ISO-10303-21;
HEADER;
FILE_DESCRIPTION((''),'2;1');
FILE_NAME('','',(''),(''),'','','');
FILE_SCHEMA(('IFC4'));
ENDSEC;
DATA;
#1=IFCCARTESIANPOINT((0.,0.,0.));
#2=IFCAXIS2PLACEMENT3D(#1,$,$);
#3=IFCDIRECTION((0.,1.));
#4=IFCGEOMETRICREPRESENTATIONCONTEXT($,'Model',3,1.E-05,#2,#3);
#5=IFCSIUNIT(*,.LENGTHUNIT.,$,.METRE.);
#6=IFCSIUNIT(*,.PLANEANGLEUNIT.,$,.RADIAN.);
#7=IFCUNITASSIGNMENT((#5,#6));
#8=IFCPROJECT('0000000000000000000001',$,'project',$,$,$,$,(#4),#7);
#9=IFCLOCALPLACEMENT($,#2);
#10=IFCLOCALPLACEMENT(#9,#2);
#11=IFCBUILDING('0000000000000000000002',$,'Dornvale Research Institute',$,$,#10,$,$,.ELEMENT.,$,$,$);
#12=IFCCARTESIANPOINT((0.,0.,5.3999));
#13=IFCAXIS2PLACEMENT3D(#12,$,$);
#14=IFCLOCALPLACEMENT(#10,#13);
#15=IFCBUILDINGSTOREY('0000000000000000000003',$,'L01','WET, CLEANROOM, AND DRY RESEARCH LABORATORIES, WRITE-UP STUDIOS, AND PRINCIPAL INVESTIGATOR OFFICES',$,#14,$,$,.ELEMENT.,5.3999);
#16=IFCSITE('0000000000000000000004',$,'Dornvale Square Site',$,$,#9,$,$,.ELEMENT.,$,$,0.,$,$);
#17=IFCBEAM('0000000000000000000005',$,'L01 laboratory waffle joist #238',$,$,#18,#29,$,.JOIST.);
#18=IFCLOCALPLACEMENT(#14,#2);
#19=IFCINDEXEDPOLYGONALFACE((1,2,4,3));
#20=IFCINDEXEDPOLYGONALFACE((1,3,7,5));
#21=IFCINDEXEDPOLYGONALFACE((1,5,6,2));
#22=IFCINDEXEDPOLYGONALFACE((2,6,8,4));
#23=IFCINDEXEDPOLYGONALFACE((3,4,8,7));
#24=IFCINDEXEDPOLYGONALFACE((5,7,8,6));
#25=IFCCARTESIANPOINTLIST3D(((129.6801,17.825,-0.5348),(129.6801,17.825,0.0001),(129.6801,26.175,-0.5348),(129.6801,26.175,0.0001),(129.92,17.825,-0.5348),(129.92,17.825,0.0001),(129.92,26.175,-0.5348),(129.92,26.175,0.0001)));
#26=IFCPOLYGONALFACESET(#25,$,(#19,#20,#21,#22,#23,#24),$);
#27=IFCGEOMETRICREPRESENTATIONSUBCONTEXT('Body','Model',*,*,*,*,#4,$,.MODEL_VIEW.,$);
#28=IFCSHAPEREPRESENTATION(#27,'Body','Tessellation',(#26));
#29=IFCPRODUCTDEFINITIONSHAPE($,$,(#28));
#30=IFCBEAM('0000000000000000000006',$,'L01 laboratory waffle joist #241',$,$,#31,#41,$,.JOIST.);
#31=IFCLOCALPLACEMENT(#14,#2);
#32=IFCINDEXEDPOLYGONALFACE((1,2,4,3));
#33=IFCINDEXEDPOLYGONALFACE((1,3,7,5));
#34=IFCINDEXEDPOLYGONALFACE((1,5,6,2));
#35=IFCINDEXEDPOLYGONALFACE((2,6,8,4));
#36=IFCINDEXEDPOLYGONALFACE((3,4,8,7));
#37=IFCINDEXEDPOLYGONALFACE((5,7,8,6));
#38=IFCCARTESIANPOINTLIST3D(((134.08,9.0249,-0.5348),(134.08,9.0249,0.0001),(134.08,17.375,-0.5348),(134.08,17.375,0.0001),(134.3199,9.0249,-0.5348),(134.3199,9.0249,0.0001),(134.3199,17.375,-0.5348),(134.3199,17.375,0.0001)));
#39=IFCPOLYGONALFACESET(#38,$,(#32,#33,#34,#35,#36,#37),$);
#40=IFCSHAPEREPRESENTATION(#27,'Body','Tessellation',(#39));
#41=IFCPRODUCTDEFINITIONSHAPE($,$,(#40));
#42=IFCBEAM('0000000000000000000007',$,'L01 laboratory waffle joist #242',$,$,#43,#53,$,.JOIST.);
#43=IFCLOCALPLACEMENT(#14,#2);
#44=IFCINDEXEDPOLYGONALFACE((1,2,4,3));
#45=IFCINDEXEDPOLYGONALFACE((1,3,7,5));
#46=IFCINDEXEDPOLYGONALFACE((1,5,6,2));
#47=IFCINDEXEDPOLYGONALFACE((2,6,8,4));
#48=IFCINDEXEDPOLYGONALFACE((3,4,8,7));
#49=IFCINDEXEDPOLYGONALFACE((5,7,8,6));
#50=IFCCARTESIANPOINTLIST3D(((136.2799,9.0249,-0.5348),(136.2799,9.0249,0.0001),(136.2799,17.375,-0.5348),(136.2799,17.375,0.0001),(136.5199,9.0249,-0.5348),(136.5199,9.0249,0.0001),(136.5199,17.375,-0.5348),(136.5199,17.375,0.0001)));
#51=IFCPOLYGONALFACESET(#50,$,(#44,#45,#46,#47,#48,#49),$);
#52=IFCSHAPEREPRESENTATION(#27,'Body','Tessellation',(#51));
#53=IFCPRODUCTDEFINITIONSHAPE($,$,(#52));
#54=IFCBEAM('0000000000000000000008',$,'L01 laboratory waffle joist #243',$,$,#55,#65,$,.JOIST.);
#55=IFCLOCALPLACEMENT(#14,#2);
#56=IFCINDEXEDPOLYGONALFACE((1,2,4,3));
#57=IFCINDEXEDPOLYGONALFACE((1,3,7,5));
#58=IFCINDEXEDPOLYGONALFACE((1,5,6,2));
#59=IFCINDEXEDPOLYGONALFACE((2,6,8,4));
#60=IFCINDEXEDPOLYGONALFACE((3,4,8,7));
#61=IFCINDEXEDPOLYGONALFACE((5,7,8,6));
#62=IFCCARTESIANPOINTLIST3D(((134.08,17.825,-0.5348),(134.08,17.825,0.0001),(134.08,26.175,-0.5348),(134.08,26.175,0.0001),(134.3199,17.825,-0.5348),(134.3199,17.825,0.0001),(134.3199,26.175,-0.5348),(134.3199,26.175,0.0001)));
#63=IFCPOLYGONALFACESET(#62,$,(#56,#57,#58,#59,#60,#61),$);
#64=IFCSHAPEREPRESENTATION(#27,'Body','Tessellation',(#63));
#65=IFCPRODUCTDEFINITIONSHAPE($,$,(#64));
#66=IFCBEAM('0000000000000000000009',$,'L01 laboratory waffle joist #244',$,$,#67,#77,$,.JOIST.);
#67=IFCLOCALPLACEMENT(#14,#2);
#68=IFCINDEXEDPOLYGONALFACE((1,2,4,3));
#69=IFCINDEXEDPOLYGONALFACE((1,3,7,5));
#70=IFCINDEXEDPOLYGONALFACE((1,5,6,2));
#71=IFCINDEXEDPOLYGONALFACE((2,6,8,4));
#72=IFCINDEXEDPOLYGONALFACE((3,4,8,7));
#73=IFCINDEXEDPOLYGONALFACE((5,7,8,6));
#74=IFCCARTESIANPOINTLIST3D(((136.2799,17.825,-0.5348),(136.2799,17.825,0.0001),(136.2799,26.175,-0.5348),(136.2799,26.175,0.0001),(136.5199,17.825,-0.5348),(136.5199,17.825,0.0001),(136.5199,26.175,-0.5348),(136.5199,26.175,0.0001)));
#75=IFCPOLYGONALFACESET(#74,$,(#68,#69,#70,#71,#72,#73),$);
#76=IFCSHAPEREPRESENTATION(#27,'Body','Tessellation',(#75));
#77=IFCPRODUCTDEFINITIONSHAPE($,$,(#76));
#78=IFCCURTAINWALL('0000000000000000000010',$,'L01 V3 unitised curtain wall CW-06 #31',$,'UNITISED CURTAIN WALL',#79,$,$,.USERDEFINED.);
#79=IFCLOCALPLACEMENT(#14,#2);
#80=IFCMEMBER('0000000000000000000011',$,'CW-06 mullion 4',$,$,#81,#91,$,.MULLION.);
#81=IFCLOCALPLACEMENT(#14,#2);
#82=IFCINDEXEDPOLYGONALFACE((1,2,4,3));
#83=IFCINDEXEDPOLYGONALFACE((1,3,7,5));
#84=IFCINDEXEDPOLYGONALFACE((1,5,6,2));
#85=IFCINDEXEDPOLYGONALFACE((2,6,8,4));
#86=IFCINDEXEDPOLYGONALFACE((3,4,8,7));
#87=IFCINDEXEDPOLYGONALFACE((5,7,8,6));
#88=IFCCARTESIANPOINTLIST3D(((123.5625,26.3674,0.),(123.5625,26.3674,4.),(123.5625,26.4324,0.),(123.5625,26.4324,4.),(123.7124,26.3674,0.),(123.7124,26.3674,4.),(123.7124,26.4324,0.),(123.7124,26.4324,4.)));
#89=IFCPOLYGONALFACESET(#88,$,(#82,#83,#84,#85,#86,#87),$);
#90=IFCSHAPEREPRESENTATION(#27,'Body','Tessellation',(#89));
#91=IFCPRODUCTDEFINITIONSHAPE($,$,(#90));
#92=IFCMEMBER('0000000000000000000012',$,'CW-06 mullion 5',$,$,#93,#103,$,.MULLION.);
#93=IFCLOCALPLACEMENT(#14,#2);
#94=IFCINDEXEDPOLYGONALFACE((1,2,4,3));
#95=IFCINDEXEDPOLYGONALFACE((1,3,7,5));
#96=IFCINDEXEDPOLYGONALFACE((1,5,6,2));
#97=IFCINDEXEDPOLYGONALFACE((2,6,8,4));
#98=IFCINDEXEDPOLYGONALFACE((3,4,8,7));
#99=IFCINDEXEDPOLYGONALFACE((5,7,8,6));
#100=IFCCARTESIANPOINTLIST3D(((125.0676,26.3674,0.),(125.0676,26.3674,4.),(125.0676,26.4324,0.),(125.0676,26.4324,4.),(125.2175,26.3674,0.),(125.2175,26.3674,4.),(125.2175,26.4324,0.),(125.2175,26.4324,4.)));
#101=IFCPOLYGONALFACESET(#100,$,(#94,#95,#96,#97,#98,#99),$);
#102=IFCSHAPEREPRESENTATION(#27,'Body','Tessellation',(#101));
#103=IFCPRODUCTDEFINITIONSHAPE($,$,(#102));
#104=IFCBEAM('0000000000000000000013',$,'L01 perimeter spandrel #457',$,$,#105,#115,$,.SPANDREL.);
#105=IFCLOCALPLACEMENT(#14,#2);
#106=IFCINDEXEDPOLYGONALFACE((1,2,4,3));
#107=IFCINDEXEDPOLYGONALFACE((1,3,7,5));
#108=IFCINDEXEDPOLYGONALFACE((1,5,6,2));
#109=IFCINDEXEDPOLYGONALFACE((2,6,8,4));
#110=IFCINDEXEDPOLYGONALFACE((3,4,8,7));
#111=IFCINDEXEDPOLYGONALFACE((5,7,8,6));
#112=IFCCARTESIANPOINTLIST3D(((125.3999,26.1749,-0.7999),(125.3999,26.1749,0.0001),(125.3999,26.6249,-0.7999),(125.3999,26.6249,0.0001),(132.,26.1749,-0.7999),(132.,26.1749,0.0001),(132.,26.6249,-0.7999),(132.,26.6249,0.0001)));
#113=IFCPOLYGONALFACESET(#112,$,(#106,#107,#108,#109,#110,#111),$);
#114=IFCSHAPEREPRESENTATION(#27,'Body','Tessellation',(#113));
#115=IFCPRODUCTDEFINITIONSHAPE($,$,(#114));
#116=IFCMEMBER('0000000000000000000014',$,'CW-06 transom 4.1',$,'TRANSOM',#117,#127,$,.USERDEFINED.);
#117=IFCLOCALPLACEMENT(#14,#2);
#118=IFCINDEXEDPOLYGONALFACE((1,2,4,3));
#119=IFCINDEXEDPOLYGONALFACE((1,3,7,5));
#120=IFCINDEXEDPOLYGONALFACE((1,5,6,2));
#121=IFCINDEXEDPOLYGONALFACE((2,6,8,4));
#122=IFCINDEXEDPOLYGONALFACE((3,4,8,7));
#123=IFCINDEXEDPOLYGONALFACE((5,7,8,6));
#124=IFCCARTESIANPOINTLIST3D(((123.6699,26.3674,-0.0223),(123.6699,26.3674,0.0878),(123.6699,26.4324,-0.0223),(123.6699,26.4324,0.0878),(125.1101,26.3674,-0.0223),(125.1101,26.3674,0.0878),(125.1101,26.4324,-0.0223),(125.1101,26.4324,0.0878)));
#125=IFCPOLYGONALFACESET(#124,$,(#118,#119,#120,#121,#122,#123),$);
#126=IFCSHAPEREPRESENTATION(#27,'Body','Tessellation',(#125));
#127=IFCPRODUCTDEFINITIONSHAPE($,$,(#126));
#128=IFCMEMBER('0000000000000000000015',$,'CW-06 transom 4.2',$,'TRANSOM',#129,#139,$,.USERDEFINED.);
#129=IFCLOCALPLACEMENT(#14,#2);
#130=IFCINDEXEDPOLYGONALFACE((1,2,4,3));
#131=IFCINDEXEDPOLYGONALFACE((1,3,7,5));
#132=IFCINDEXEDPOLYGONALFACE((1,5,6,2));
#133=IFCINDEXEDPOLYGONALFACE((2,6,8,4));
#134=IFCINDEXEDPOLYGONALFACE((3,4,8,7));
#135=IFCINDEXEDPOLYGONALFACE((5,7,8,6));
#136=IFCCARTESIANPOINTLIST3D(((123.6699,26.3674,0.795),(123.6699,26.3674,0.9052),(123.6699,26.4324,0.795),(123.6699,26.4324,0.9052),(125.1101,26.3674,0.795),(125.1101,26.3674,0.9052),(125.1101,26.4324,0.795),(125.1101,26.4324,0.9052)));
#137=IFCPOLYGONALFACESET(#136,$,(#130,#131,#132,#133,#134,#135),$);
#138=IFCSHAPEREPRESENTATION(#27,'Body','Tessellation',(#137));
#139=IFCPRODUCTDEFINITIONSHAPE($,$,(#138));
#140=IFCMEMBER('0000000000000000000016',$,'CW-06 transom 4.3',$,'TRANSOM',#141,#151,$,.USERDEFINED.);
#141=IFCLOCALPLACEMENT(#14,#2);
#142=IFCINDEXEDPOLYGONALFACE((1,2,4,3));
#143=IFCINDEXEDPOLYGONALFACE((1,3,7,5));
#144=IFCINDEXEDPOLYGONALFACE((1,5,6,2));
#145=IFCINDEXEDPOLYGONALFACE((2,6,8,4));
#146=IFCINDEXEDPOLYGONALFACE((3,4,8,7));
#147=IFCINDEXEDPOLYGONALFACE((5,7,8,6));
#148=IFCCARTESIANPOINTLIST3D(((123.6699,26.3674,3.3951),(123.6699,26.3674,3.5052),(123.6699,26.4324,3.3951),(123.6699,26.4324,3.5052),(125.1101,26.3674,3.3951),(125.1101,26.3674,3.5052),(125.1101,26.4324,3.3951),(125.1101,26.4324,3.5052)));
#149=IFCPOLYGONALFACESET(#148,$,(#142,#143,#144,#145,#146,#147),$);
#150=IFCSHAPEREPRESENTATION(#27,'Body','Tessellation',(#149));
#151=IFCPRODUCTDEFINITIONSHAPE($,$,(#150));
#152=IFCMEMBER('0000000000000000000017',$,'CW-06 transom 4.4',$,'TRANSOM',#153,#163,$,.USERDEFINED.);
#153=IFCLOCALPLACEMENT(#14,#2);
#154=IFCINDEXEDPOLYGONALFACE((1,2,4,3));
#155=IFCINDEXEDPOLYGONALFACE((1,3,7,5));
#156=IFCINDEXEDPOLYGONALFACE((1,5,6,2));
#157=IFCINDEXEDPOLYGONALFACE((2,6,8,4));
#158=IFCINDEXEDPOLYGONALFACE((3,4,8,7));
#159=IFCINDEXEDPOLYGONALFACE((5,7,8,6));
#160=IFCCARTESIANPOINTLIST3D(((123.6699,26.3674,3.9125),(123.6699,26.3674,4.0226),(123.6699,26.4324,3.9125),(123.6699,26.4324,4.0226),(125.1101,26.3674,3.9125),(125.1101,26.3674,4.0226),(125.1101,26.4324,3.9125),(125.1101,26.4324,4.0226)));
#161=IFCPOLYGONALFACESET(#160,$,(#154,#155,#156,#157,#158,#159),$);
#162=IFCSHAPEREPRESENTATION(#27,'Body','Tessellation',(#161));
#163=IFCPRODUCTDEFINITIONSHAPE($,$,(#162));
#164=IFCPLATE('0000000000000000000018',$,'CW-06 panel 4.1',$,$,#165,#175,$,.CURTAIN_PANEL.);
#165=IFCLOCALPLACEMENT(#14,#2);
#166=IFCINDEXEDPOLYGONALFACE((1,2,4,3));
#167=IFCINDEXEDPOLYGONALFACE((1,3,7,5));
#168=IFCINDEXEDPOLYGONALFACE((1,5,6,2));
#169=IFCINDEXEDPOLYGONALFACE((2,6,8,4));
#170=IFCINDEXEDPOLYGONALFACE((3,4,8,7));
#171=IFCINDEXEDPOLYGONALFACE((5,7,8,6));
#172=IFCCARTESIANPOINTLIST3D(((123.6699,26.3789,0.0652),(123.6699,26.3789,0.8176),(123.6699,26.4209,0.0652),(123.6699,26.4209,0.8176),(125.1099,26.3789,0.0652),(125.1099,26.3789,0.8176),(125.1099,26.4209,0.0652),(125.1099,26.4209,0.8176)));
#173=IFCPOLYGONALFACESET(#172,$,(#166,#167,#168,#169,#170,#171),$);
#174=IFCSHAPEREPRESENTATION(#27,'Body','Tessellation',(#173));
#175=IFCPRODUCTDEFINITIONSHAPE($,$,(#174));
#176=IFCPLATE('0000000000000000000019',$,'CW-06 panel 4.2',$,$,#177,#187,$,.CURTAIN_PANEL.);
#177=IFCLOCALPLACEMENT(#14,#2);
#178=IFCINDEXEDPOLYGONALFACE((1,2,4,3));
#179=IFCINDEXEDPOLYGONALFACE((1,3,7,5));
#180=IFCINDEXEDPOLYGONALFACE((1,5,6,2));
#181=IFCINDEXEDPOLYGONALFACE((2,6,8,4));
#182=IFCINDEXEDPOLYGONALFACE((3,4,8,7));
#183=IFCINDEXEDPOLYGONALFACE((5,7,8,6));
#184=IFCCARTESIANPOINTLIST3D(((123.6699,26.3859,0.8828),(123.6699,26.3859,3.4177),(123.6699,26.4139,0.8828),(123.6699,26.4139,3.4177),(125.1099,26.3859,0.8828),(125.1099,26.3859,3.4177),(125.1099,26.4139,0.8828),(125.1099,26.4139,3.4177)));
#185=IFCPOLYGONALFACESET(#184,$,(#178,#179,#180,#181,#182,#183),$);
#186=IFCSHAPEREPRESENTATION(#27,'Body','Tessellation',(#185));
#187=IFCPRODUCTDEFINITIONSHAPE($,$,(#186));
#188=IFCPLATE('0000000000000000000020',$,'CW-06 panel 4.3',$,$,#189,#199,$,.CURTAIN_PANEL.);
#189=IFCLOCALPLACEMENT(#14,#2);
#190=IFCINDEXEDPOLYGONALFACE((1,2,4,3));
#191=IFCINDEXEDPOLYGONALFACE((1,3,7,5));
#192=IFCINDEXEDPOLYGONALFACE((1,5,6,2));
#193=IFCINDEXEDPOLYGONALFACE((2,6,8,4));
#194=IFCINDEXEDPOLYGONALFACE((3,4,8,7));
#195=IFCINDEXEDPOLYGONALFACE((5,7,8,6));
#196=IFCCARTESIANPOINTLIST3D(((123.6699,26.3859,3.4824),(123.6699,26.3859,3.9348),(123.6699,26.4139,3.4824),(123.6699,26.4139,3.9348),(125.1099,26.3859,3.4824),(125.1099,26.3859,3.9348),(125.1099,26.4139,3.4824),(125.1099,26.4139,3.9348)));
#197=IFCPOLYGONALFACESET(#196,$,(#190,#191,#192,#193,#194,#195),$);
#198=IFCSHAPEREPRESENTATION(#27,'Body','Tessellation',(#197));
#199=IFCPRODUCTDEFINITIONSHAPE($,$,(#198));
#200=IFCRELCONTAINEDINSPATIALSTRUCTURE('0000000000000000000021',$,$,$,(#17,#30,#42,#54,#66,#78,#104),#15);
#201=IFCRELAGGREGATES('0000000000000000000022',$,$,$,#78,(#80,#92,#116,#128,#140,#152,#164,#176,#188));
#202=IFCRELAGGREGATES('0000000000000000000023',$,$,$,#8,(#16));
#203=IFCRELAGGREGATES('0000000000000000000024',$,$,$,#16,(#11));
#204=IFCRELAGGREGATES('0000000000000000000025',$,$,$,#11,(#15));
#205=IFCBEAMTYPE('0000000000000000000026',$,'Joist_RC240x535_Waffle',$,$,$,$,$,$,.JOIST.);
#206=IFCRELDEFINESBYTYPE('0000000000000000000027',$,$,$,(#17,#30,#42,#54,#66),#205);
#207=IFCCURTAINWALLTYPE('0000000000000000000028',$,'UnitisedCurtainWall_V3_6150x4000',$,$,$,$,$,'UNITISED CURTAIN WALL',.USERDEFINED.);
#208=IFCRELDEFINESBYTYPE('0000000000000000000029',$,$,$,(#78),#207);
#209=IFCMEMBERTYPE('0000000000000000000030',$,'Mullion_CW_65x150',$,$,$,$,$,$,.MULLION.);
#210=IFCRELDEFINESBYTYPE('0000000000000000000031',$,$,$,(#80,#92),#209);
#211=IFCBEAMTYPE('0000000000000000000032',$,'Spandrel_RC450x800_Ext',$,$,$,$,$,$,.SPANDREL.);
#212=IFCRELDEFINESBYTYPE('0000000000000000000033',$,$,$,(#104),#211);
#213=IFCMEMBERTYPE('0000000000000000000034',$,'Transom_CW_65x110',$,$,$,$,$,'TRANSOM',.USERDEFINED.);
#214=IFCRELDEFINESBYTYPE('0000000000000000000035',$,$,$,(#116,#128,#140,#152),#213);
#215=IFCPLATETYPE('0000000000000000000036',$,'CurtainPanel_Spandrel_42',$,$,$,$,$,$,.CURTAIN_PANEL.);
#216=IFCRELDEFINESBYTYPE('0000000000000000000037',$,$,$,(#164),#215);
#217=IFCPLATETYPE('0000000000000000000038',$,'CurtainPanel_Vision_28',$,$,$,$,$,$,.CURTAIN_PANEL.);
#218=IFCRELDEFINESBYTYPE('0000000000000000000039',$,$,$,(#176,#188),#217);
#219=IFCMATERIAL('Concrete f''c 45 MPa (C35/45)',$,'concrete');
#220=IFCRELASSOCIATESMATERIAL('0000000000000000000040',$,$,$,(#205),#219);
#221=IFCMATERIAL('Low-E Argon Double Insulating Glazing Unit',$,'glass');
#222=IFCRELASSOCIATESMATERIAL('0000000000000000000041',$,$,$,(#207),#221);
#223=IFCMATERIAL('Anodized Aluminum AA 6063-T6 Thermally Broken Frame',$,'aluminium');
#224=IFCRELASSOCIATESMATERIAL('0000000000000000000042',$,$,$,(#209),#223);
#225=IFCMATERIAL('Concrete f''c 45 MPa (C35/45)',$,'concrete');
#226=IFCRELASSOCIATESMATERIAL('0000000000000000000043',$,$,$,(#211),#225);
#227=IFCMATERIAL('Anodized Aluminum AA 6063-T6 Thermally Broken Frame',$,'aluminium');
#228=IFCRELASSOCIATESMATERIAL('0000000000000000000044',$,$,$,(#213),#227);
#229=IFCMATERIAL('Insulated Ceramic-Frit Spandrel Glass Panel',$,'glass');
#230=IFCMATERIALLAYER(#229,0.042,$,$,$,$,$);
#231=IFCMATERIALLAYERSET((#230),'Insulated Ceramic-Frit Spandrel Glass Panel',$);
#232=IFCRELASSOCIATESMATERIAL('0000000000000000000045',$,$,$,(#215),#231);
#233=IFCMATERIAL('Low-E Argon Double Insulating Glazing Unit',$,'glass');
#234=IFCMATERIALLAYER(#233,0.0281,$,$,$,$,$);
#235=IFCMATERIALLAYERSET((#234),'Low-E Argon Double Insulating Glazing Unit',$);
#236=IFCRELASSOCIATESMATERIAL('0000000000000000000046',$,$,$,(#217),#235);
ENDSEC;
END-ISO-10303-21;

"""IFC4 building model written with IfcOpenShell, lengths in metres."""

from ifc_helpers import new_model, si_unit, direction, frame, origin, origin_2d, place, context, subcontext, project, spatial, rectangle, extrude, material, layer, layer_set, material_profile, profile_set, type_object, element, aggregate, save


model = new_model("IFC4")

# Units and contexts
model_context = context("Model", 3, precision=1e-05, world=origin(), true_north=direction((0.0, 1.0)))
body_context = subcontext(model_context, "Body", "Model", "MODEL_VIEW")
ifc_project = project(units=[si_unit("LENGTHUNIT", "METRE"), si_unit("PLANEANGLEUNIT", "RADIAN")], contexts=[model_context])

# Site, building, storey
site_placement = place(None, origin())
site = spatial("IfcSite", under=ifc_project, at=site_placement, Name="Dornvale Square Site", CompositionType="ELEMENT", RefElevation=0.0)
building_placement = place(site_placement, origin())
building = spatial("IfcBuilding", under=site, at=building_placement, Name="Dornvale Research Institute", CompositionType="ELEMENT")
storey_placement = place(building_placement, frame((0.0, 0.0, 5.3999)))
storey = spatial("IfcBuildingStorey", under=building, at=storey_placement, Name="L01", Description="WET, CLEANROOM, AND DRY RESEARCH LABORATORIES, WRITE-UP STUDIOS, AND PRINCIPAL INVESTIGATOR OFFICES", CompositionType="ELEMENT", Elevation=5.3999)

# Beams
ifc_material_1 = material(Name="Concrete f'c 45 MPa (C35/45)", Category="concrete")
ifc_material_profile_1 = material_profile(ifc_material_1, rectangle(XDim=0.24, YDim=0.5349, at=origin_2d()), Name="RC 240x535")
ifc_profile_set_1 = profile_set([ifc_material_profile_1], Name="Concrete f'c 45 MPa (C35/45)")
beam_type_1 = type_object("IfcBeamType", Name="Joist_RC240x535_Waffle", PredefinedType="JOIST", material=ifc_profile_set_1)
for number, where, z_axis, x_axis, name in (
    (1, (129.8, 17.825, -0.2673), (0.0, 1.0, 0.0), (-1.0, 0.0, 0.0), "L01 laboratory waffle joist #238"),
    (2, (134.2, 9.0249, -0.2673), (0.0, 1.0, 0.0), (-1.0, 0.0, 0.0), "L01 laboratory waffle joist #241"),
    (3, (136.3999, 9.0249, -0.2673), (0.0, 1.0, 0.0), (-1.0, 0.0, 0.0), "L01 laboratory waffle joist #242"),
    (4, (134.2, 17.825, -0.2673), (0.0, 1.0, 0.0), (-1.0, 0.0, 0.0), "L01 laboratory waffle joist #243"),
    (5, (136.3999, 17.825, -0.2673), (0.0, 1.0, 0.0), (-1.0, 0.0, 0.0), "L01 laboratory waffle joist #244"),
):
    element("IfcBeam", number, at=place(storey_placement, frame(where, z_axis=z_axis, x_axis=x_axis)), inside=storey, type_object=beam_type_1, Name=name, PredefinedType="JOIST", context=body_context, shape_type="SweptSolid", body=[
        extrude(rectangle(XDim=0.24, YDim=0.5349, at=origin_2d()), origin(), (0.0, 0.0, 1.0), 8.3501),
    ])

# Curtain wall, members
ifc_material_2 = material(Name="Low-E Argon Double Insulating Glazing Unit", Category="glass")
curtain_wall_type = type_object("IfcCurtainWallType", Name="UnitisedCurtainWall_V3_6150x4000", ElementType="UNITISED CURTAIN WALL", PredefinedType="USERDEFINED", material=ifc_material_2)
curtain_wall_placement = place(storey_placement, origin())
curtain_wall = element("IfcCurtainWall", 6, at=curtain_wall_placement, inside=storey, type_object=curtain_wall_type, Name="L01 V3 unitised curtain wall CW-06 #31", ObjectType="UNITISED CURTAIN WALL", PredefinedType="USERDEFINED")
ifc_material_3 = material(Name="Anodized Aluminum AA 6063-T6 Thermally Broken Frame", Category="aluminium")
ifc_material_profile_2 = material_profile(ifc_material_3, rectangle(XDim=0.0649, YDim=0.1499, at=origin_2d()), Name="ALU MULLION 65x150")
ifc_profile_set_2 = profile_set([ifc_material_profile_2], Name="Anodized Aluminum AA 6063-T6 Thermally Broken Frame")
member_type_1 = type_object("IfcMemberType", Name="Mullion_CW_65x150", PredefinedType="MULLION", material=ifc_profile_set_2)
member_1_placement = place(storey_placement, frame((123.6375, 26.3999, 0.0), z_axis=(0.0, 0.0, 1.0), x_axis=(0.0, 1.0, 0.0)))
member_1 = element("IfcMember", 7, at=member_1_placement, type_object=member_type_1, Name="CW-06 mullion 4", PredefinedType="MULLION", context=body_context, shape_type="SweptSolid", body=[
    extrude(rectangle(XDim=0.0649, YDim=0.1499, at=origin_2d()), origin(), (0.0, 0.0, 1.0), 4.0),
])
member_2_placement = place(storey_placement, frame((125.1426, 26.3999, 0.0), z_axis=(0.0, 0.0, 1.0), x_axis=(0.0, 1.0, 0.0)))
member_2 = element("IfcMember", 8, at=member_2_placement, type_object=member_type_1, Name="CW-06 mullion 5", PredefinedType="MULLION", context=body_context, shape_type="SweptSolid", body=[
    extrude(rectangle(XDim=0.0649, YDim=0.1499, at=origin_2d()), origin(), (0.0, 0.0, 1.0), 4.0),
])

# Beam
ifc_material_4 = material(Name="Concrete f'c 45 MPa (C35/45)", Category="concrete")
ifc_material_profile_3 = material_profile(ifc_material_4, rectangle(XDim=0.45, YDim=0.8, at=origin_2d()), Name="RC 450x800")
ifc_profile_set_3 = profile_set([ifc_material_profile_3], Name="Concrete f'c 45 MPa (C35/45)")
beam_type_2 = type_object("IfcBeamType", Name="Spandrel_RC450x800_Ext", PredefinedType="SPANDREL", material=ifc_profile_set_3)
beam_1_placement = place(storey_placement, frame((125.3999, 26.3999, -0.3999), z_axis=(1.0, 0.0, 0.0), x_axis=(0.0, 1.0, 0.0)))
element("IfcBeam", 9, at=beam_1_placement, inside=storey, type_object=beam_type_2, Name="L01 perimeter spandrel #457", PredefinedType="SPANDREL", context=body_context, shape_type="SweptSolid", body=[
    extrude(rectangle(XDim=0.45, YDim=0.8, at=origin_2d()), origin(), (0.0, 0.0, 1.0), 6.6001),
])

# Members
ifc_material_5 = material(Name="Anodized Aluminum AA 6063-T6 Thermally Broken Frame", Category="aluminium")
ifc_material_profile_4 = material_profile(ifc_material_5, rectangle(XDim=0.0649, YDim=0.1101, at=origin_2d()), Name="ALU TRANSOM 65x110")
ifc_profile_set_4 = profile_set([ifc_material_profile_4], Name="Anodized Aluminum AA 6063-T6 Thermally Broken Frame")
member_type_2 = type_object("IfcMemberType", Name="Transom_CW_65x110", ElementType="TRANSOM", PredefinedType="USERDEFINED", material=ifc_profile_set_4)
member_3_placement = place(storey_placement, frame((123.6699, 26.3999, 0.0327), z_axis=(1.0, 0.0, 0.0), x_axis=(0.0, 1.0, 0.0)))
member_3 = element("IfcMember", 10, at=member_3_placement, type_object=member_type_2, Name="CW-06 transom 4.1", ObjectType="TRANSOM", PredefinedType="USERDEFINED", context=body_context, shape_type="SweptSolid", body=[
    extrude(rectangle(XDim=0.0649, YDim=0.1101, at=origin_2d()), origin(), (0.0, 0.0, 1.0), 1.4402),
])
member_4_placement = place(storey_placement, frame((123.6699, 26.3999, 0.8501), z_axis=(1.0, 0.0, 0.0), x_axis=(0.0, 1.0, 0.0)))
member_4 = element("IfcMember", 11, at=member_4_placement, type_object=member_type_2, Name="CW-06 transom 4.2", ObjectType="TRANSOM", PredefinedType="USERDEFINED", context=body_context, shape_type="SweptSolid", body=[
    extrude(rectangle(XDim=0.0649, YDim=0.1101, at=origin_2d()), origin(), (0.0, 0.0, 1.0), 1.4402),
])
member_5_placement = place(storey_placement, frame((123.6699, 26.3999, 3.4502), z_axis=(1.0, 0.0, 0.0), x_axis=(0.0, 1.0, 0.0)))
member_5 = element("IfcMember", 12, at=member_5_placement, type_object=member_type_2, Name="CW-06 transom 4.3", ObjectType="TRANSOM", PredefinedType="USERDEFINED", context=body_context, shape_type="SweptSolid", body=[
    extrude(rectangle(XDim=0.0649, YDim=0.1101, at=origin_2d()), origin(), (0.0, 0.0, 1.0), 1.4402),
])
member_6_placement = place(storey_placement, frame((123.6699, 26.3999, 3.9675), z_axis=(1.0, 0.0, 0.0), x_axis=(0.0, 1.0, 0.0)))
member_6 = element("IfcMember", 13, at=member_6_placement, type_object=member_type_2, Name="CW-06 transom 4.4", ObjectType="TRANSOM", PredefinedType="USERDEFINED", context=body_context, shape_type="SweptSolid", body=[
    extrude(rectangle(XDim=0.0649, YDim=0.1101, at=origin_2d()), origin(), (0.0, 0.0, 1.0), 1.4402),
])

# Plates
ifc_material_6 = material(Name="Insulated Ceramic-Frit Spandrel Glass Panel", Category="glass")
ifc_layer_1 = layer(ifc_material_6, 0.042)
ifc_layer_set_1 = layer_set([ifc_layer_1], Name="Insulated Ceramic-Frit Spandrel Glass Panel")
plate_type_1 = type_object("IfcPlateType", Name="CurtainPanel_Spandrel_42", PredefinedType="CURTAIN_PANEL", material=ifc_layer_set_1)
plate_1_placement = place(storey_placement, frame((124.3899, 26.3999, 0.0652), z_axis=(0.0, 0.0, 1.0), x_axis=(1.0, 0.0, 0.0)))
plate_1 = element("IfcPlate", 14, at=plate_1_placement, type_object=plate_type_1, Name="CW-06 panel 4.1", PredefinedType="CURTAIN_PANEL", context=body_context, shape_type="SweptSolid", body=[
    extrude(rectangle(XDim=1.4399, YDim=0.042, at=origin_2d()), origin(), (0.0, 0.0, 1.0), 0.7524),
])
ifc_material_7 = material(Name="Low-E Argon Double Insulating Glazing Unit", Category="glass")
ifc_layer_2 = layer(ifc_material_7, 0.0281)
ifc_layer_set_2 = layer_set([ifc_layer_2], Name="Low-E Argon Double Insulating Glazing Unit")
plate_type_2 = type_object("IfcPlateType", Name="CurtainPanel_Vision_28", PredefinedType="CURTAIN_PANEL", material=ifc_layer_set_2)
plate_2_placement = place(storey_placement, frame((124.3899, 26.3999, 0.8828), z_axis=(0.0, 0.0, 1.0), x_axis=(1.0, 0.0, 0.0)))
plate_2 = element("IfcPlate", 15, at=plate_2_placement, type_object=plate_type_2, Name="CW-06 panel 4.2", PredefinedType="CURTAIN_PANEL", context=body_context, shape_type="SweptSolid", body=[
    extrude(rectangle(XDim=1.4399, YDim=0.0281, at=origin_2d()), origin(), (0.0, 0.0, 1.0), 2.5349),
])
plate_3_placement = place(storey_placement, frame((124.3899, 26.3999, 3.4824), z_axis=(0.0, 0.0, 1.0), x_axis=(1.0, 0.0, 0.0)))
plate_3 = element("IfcPlate", 16, at=plate_3_placement, type_object=plate_type_2, Name="CW-06 panel 4.3", PredefinedType="CURTAIN_PANEL", context=body_context, shape_type="SweptSolid", body=[
    extrude(rectangle(XDim=1.4399, YDim=0.0281, at=origin_2d()), origin(), (0.0, 0.0, 1.0), 0.4524),
])
aggregate(curtain_wall, [member_1, member_2, member_3, member_4, member_5, member_6, plate_1, plate_2, plate_3])

save(model, "model.ifc")
